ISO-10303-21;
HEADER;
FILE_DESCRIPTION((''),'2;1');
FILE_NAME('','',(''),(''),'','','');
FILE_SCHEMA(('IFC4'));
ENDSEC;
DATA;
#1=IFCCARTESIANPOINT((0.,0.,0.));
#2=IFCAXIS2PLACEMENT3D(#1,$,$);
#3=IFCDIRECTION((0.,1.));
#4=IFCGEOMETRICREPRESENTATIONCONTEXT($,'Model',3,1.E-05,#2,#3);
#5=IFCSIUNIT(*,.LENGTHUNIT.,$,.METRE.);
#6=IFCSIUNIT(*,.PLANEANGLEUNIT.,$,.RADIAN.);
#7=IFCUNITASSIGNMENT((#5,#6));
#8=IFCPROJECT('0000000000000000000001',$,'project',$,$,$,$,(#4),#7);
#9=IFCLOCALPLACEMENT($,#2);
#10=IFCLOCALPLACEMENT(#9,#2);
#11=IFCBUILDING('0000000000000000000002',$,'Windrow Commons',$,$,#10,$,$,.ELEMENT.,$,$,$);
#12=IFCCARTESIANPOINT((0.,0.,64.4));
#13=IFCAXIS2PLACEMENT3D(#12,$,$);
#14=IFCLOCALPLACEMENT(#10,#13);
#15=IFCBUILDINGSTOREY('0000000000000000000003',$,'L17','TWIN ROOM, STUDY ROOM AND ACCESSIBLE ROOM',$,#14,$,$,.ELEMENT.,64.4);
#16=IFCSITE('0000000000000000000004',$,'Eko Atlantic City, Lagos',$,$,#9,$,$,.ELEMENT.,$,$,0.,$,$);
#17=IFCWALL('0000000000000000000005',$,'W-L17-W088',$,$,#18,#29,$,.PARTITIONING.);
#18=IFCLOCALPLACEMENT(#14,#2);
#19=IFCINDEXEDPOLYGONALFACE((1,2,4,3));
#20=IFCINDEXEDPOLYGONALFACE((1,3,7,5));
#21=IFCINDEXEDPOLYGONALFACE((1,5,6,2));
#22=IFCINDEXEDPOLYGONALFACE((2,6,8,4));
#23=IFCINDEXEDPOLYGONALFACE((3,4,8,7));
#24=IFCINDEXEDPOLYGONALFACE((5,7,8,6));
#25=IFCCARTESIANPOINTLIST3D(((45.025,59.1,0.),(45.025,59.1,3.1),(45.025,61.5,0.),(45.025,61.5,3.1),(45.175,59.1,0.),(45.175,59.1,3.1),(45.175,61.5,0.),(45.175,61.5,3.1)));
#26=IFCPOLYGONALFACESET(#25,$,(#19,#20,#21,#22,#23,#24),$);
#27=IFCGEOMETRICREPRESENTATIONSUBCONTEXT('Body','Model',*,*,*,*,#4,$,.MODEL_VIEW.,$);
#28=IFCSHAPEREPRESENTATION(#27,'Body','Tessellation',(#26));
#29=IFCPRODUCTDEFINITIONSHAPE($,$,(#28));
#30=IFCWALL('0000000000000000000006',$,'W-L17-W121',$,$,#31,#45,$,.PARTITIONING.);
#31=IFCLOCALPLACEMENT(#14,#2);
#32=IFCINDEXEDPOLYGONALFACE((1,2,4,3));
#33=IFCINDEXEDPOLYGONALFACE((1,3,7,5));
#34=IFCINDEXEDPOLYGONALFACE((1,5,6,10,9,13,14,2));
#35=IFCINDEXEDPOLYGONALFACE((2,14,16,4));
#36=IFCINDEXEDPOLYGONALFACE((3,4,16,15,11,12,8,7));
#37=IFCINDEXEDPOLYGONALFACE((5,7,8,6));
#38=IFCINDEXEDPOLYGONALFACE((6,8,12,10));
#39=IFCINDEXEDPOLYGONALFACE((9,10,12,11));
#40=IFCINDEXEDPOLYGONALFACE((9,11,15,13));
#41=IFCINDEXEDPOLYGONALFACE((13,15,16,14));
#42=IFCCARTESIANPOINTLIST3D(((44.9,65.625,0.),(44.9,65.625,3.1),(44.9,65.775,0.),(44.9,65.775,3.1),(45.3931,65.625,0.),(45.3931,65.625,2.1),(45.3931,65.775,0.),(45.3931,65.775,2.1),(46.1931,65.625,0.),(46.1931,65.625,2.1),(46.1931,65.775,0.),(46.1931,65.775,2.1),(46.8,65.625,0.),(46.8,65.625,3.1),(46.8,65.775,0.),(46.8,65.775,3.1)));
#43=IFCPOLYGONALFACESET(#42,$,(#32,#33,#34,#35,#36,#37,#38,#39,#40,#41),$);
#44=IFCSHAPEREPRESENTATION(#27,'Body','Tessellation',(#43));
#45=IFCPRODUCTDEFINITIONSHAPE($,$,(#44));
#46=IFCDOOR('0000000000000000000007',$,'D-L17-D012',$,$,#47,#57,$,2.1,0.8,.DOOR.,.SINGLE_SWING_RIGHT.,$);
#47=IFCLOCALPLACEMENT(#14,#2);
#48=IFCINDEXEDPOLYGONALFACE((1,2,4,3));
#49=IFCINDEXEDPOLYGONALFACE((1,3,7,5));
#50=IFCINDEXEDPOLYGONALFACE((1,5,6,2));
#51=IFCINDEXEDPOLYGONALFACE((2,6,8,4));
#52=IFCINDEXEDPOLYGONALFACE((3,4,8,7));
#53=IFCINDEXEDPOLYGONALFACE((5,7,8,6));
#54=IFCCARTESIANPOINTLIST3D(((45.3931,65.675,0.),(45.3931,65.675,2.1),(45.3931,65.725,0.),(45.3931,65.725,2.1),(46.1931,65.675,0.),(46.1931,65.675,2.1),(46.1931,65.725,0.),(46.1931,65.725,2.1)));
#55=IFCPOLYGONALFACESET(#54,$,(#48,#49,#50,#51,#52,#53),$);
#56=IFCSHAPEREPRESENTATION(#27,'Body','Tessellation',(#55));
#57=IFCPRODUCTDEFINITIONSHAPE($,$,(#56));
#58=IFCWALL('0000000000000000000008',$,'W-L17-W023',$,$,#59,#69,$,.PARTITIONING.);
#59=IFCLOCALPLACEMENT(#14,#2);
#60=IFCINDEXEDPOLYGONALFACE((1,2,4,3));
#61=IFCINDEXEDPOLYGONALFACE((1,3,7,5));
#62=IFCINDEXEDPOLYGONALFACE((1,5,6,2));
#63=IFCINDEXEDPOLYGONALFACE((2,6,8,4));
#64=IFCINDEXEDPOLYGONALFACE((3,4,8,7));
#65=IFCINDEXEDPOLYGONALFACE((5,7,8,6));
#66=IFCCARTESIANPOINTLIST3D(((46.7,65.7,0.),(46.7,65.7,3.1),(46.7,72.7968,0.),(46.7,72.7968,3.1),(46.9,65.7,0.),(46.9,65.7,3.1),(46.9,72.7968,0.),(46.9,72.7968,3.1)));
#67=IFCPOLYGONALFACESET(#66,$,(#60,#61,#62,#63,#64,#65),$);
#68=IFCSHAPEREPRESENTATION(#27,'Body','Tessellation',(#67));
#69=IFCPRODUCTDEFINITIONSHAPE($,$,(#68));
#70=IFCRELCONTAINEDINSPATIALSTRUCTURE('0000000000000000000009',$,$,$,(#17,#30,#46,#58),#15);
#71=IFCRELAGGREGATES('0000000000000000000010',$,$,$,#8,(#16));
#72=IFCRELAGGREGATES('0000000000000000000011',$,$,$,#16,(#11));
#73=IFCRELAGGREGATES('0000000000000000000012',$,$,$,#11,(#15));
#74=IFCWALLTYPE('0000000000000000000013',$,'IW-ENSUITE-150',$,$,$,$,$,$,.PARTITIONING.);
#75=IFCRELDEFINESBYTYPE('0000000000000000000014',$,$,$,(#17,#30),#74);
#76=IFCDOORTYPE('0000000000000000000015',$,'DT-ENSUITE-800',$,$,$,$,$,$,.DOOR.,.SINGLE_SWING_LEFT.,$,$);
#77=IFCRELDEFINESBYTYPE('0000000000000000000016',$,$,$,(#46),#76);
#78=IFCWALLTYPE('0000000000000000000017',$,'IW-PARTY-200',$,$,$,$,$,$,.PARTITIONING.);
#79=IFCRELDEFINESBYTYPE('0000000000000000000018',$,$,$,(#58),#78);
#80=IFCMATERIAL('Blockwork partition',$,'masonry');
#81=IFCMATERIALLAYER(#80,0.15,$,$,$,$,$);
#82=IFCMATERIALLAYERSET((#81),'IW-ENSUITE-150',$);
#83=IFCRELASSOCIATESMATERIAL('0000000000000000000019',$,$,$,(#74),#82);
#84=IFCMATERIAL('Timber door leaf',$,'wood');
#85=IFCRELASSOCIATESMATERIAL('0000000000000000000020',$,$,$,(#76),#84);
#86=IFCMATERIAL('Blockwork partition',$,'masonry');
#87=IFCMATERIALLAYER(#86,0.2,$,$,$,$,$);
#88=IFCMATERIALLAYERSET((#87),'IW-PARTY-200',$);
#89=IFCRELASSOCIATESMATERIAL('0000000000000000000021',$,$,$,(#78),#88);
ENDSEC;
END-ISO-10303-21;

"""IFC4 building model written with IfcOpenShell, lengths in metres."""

from ifc_helpers import new_model, si_unit, direction, frame, frame_2d, origin, place, context, subcontext, project, spatial, rectangle, extrude, material, layer, layer_set, type_object, element, fill, save


model = new_model("IFC4")

# Units and contexts
model_context = context("Model", 3, precision=1e-05, world=origin(), true_north=direction((0.0, 1.0)))
body_context = subcontext(model_context, "Body", "Model", "MODEL_VIEW")
ifc_project = project(units=[si_unit("LENGTHUNIT", "METRE"), si_unit("PLANEANGLEUNIT", "RADIAN")], contexts=[model_context])

# Site, building, storey
site_placement = place(None, origin())
site = spatial("IfcSite", under=ifc_project, at=site_placement, Name="Eko Atlantic City, Lagos", CompositionType="ELEMENT", RefElevation=0.0)
building_placement = place(site_placement, origin())
building = spatial("IfcBuilding", under=site, at=building_placement, Name="Windrow Commons", CompositionType="ELEMENT")
storey_placement = place(building_placement, frame((0.0, 0.0, 64.4)))
storey = spatial("IfcBuildingStorey", under=building, at=storey_placement, Name="L17", Description="TWIN ROOM, STUDY ROOM AND ACCESSIBLE ROOM", CompositionType="ELEMENT", Elevation=64.4)

# Wall
ifc_material_1 = material(Name="Blockwork partition", Category="masonry")
ifc_layer_1 = layer(ifc_material_1, 0.15)
ifc_layer_set_1 = layer_set([ifc_layer_1], Name="IW-ENSUITE-150")
wall_type_1 = type_object("IfcWallType", Name="IW-ENSUITE-150", PredefinedType="PARTITIONING", material=ifc_layer_set_1)
for number, where, z_axis, x_axis, name in (
    (1, (45.1, 59.1, 0.0), (0.0, 0.0, 1.0), (0.0, 1.0, 0.0), "W-L17-W088"),
):
    element("IfcWall", number, at=place(storey_placement, frame(where, z_axis=z_axis, x_axis=x_axis)), inside=storey, type_object=wall_type_1, Name=name, PredefinedType="PARTITIONING", context=body_context, shape_type="SweptSolid", body=[
        extrude(rectangle(XDim=2.4, YDim=0.15, at=frame_2d((1.2, 0.0))), origin(), (0.0, 0.0, 1.0), 3.1),
    ])

# Wall, opening, door
wall_1_placement = place(storey_placement, frame((44.9, 65.7, 0.0), z_axis=(0.0, 0.0, 1.0), x_axis=(1.0, 0.0, 0.0)))
wall_1 = element("IfcWall", 2, at=wall_1_placement, inside=storey, type_object=wall_type_1, Name="W-L17-W121", PredefinedType="PARTITIONING", context=body_context, shape_type="SweptSolid", body=[
    extrude(rectangle(XDim=1.9, YDim=0.15, at=frame_2d((0.95, 0.0))), origin(), (0.0, 0.0, 1.0), 3.1),
])
opening_1_placement = place(wall_1_placement, frame((0.4931, 0.0, 0.0)))
opening_1 = element("IfcOpeningElement", 3, at=opening_1_placement, cuts=wall_1, PredefinedType="OPENING", context=body_context, shape_type="SweptSolid", body=[
    extrude(rectangle(XDim=0.8, YDim=2.1, at=frame_2d((0.4, 1.05))), frame((0.0, 0.085, 0.0), z_axis=(0.0, -1.0, 0.0), x_axis=(1.0, 0.0, 0.0)), (0.0, 0.0, 1.0), 0.17),
])
ifc_material_2 = material(Name="Timber door leaf", Category="wood")
door_type = type_object("IfcDoorType", Name="DT-ENSUITE-800", OperationType="SINGLE_SWING_LEFT", PredefinedType="DOOR", material=ifc_material_2)
door_placement = place(opening_1_placement, origin())
door = element("IfcDoor", 4, at=door_placement, inside=storey, type_object=door_type, Name="D-L17-D012", OperationType="SINGLE_SWING_RIGHT", OverallHeight=2.1, OverallWidth=0.8, PredefinedType="DOOR", context=body_context, shape_type="SweptSolid", body=[
    extrude(rectangle(XDim=0.8, YDim=2.1, at=frame_2d((0.4, 1.05))), frame((0.0, 0.025, 0.0), z_axis=(0.0, -1.0, 0.0), x_axis=(1.0, 0.0, 0.0)), (0.0, 0.0, 1.0), 0.05),
])
fill(opening_1, door)

# Wall
ifc_material_3 = material(Name="Blockwork partition", Category="masonry")
ifc_layer_2 = layer(ifc_material_3, 0.2)
ifc_layer_set_2 = layer_set([ifc_layer_2], Name="IW-PARTY-200")
wall_type_2 = type_object("IfcWallType", Name="IW-PARTY-200", PredefinedType="PARTITIONING", material=ifc_layer_set_2)
wall_2_placement = place(storey_placement, frame((46.8, 65.7, 0.0), z_axis=(0.0, 0.0, 1.0), x_axis=(0.0, 1.0, 0.0)))
element("IfcWall", 5, at=wall_2_placement, inside=storey, type_object=wall_type_2, Name="W-L17-W023", PredefinedType="PARTITIONING", context=body_context, shape_type="SweptSolid", body=[
    extrude(rectangle(XDim=7.0967, YDim=0.2, at=frame_2d((3.5484, 0.0))), origin(), (0.0, 0.0, 1.0), 3.1),
])

save(model, "model.ifc")
